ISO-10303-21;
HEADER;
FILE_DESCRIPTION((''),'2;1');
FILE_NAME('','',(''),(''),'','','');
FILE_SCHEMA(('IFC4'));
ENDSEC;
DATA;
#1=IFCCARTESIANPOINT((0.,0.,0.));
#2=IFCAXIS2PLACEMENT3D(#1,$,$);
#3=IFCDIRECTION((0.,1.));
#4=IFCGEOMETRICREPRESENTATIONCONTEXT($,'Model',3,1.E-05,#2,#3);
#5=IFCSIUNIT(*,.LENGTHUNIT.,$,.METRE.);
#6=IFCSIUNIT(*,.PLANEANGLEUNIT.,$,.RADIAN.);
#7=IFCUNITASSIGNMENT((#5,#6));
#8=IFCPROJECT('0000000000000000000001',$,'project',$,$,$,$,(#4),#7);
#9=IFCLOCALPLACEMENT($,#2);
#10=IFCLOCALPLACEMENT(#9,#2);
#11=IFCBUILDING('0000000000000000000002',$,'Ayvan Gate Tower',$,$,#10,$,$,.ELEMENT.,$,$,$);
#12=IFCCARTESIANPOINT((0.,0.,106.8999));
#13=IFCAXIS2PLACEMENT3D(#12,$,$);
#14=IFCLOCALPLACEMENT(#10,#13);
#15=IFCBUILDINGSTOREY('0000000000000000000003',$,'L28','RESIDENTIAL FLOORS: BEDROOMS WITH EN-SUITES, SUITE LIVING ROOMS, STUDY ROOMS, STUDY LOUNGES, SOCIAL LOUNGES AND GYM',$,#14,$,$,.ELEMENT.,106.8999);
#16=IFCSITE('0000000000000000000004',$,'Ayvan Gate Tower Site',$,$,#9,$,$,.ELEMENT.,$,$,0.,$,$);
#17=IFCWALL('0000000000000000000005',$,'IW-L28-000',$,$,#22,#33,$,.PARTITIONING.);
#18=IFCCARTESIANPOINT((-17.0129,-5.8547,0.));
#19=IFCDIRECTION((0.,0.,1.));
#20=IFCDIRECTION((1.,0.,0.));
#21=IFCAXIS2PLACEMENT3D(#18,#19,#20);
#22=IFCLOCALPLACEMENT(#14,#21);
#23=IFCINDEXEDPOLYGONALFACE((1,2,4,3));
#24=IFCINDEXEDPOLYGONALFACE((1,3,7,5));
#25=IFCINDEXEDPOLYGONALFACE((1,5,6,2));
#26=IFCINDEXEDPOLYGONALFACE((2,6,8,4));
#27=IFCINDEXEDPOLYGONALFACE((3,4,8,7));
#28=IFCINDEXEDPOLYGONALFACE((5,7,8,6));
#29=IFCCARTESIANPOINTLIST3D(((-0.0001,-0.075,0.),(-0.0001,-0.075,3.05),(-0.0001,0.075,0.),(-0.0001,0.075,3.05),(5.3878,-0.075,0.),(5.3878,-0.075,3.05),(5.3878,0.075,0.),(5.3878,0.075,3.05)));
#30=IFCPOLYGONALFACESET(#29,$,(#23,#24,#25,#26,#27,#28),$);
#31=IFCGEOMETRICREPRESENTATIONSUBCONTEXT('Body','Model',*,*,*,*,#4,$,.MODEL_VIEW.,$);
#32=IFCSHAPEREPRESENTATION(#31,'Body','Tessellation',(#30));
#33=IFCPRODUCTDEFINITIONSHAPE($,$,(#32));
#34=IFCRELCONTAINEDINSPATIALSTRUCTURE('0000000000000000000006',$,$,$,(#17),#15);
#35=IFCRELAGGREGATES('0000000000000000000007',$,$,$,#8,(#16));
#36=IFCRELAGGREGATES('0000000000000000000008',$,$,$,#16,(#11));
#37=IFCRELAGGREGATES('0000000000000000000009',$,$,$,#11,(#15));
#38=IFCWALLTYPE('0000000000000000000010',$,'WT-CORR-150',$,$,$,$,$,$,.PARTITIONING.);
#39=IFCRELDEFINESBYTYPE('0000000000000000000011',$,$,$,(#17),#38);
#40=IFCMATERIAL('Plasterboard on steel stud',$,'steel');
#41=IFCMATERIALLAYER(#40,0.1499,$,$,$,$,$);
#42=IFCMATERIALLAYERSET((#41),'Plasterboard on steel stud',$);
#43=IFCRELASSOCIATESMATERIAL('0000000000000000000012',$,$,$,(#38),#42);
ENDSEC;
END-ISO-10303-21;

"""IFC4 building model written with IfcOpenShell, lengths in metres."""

from ifc_helpers import new_model, si_unit, direction, frame, frame_2d, origin, place, context, subcontext, project, spatial, rectangle, extrude, material, layer, layer_set, type_object, element, save


model = new_model("IFC4")

# Units and contexts
model_context = context("Model", 3, precision=1e-05, world=origin(), true_north=direction((0.0, 1.0)))
body_context = subcontext(model_context, "Body", "Model", "MODEL_VIEW")
ifc_project = project(units=[si_unit("LENGTHUNIT", "METRE"), si_unit("PLANEANGLEUNIT", "RADIAN")], contexts=[model_context])

# Site, building, storey
site_placement = place(None, origin())
site = spatial("IfcSite", under=ifc_project, at=site_placement, Name="Ayvan Gate Tower Site", CompositionType="ELEMENT", RefElevation=0.0)
building_placement = place(site_placement, origin())
building = spatial("IfcBuilding", under=site, at=building_placement, Name="Ayvan Gate Tower", CompositionType="ELEMENT")
storey_placement = place(building_placement, frame((0.0, 0.0, 106.8999)))
storey = spatial("IfcBuildingStorey", under=building, at=storey_placement, Name="L28", Description="RESIDENTIAL FLOORS: BEDROOMS WITH EN-SUITES, SUITE LIVING ROOMS, STUDY ROOMS, STUDY LOUNGES, SOCIAL LOUNGES AND GYM", CompositionType="ELEMENT", Elevation=106.8999)

# Wall
ifc_material_1 = material(Name="Plasterboard on steel stud", Category="steel")
ifc_layer_1 = layer(ifc_material_1, 0.1499)
ifc_layer_set_1 = layer_set([ifc_layer_1], Name="Plasterboard on steel stud")
wall_type_1 = type_object("IfcWallType", Name="WT-CORR-150", PredefinedType="PARTITIONING", material=ifc_layer_set_1)
wall_1_placement = place(storey_placement, frame((-17.0129, -5.8547, 0.0), z_axis=(0.0, 0.0, 1.0), x_axis=(1.0, 0.0, 0.0)))
element("IfcWall", 1, at=wall_1_placement, inside=storey, type_object=wall_type_1, Name="IW-L28-000", PredefinedType="PARTITIONING", context=body_context, shape_type="SweptSolid", body=[
    extrude(rectangle(XDim=5.3879, YDim=0.1499, at=frame_2d((2.6938, 0.0))), origin(), (0.0, 0.0, 1.0), 3.05),
])

save(model, "model.ifc")
